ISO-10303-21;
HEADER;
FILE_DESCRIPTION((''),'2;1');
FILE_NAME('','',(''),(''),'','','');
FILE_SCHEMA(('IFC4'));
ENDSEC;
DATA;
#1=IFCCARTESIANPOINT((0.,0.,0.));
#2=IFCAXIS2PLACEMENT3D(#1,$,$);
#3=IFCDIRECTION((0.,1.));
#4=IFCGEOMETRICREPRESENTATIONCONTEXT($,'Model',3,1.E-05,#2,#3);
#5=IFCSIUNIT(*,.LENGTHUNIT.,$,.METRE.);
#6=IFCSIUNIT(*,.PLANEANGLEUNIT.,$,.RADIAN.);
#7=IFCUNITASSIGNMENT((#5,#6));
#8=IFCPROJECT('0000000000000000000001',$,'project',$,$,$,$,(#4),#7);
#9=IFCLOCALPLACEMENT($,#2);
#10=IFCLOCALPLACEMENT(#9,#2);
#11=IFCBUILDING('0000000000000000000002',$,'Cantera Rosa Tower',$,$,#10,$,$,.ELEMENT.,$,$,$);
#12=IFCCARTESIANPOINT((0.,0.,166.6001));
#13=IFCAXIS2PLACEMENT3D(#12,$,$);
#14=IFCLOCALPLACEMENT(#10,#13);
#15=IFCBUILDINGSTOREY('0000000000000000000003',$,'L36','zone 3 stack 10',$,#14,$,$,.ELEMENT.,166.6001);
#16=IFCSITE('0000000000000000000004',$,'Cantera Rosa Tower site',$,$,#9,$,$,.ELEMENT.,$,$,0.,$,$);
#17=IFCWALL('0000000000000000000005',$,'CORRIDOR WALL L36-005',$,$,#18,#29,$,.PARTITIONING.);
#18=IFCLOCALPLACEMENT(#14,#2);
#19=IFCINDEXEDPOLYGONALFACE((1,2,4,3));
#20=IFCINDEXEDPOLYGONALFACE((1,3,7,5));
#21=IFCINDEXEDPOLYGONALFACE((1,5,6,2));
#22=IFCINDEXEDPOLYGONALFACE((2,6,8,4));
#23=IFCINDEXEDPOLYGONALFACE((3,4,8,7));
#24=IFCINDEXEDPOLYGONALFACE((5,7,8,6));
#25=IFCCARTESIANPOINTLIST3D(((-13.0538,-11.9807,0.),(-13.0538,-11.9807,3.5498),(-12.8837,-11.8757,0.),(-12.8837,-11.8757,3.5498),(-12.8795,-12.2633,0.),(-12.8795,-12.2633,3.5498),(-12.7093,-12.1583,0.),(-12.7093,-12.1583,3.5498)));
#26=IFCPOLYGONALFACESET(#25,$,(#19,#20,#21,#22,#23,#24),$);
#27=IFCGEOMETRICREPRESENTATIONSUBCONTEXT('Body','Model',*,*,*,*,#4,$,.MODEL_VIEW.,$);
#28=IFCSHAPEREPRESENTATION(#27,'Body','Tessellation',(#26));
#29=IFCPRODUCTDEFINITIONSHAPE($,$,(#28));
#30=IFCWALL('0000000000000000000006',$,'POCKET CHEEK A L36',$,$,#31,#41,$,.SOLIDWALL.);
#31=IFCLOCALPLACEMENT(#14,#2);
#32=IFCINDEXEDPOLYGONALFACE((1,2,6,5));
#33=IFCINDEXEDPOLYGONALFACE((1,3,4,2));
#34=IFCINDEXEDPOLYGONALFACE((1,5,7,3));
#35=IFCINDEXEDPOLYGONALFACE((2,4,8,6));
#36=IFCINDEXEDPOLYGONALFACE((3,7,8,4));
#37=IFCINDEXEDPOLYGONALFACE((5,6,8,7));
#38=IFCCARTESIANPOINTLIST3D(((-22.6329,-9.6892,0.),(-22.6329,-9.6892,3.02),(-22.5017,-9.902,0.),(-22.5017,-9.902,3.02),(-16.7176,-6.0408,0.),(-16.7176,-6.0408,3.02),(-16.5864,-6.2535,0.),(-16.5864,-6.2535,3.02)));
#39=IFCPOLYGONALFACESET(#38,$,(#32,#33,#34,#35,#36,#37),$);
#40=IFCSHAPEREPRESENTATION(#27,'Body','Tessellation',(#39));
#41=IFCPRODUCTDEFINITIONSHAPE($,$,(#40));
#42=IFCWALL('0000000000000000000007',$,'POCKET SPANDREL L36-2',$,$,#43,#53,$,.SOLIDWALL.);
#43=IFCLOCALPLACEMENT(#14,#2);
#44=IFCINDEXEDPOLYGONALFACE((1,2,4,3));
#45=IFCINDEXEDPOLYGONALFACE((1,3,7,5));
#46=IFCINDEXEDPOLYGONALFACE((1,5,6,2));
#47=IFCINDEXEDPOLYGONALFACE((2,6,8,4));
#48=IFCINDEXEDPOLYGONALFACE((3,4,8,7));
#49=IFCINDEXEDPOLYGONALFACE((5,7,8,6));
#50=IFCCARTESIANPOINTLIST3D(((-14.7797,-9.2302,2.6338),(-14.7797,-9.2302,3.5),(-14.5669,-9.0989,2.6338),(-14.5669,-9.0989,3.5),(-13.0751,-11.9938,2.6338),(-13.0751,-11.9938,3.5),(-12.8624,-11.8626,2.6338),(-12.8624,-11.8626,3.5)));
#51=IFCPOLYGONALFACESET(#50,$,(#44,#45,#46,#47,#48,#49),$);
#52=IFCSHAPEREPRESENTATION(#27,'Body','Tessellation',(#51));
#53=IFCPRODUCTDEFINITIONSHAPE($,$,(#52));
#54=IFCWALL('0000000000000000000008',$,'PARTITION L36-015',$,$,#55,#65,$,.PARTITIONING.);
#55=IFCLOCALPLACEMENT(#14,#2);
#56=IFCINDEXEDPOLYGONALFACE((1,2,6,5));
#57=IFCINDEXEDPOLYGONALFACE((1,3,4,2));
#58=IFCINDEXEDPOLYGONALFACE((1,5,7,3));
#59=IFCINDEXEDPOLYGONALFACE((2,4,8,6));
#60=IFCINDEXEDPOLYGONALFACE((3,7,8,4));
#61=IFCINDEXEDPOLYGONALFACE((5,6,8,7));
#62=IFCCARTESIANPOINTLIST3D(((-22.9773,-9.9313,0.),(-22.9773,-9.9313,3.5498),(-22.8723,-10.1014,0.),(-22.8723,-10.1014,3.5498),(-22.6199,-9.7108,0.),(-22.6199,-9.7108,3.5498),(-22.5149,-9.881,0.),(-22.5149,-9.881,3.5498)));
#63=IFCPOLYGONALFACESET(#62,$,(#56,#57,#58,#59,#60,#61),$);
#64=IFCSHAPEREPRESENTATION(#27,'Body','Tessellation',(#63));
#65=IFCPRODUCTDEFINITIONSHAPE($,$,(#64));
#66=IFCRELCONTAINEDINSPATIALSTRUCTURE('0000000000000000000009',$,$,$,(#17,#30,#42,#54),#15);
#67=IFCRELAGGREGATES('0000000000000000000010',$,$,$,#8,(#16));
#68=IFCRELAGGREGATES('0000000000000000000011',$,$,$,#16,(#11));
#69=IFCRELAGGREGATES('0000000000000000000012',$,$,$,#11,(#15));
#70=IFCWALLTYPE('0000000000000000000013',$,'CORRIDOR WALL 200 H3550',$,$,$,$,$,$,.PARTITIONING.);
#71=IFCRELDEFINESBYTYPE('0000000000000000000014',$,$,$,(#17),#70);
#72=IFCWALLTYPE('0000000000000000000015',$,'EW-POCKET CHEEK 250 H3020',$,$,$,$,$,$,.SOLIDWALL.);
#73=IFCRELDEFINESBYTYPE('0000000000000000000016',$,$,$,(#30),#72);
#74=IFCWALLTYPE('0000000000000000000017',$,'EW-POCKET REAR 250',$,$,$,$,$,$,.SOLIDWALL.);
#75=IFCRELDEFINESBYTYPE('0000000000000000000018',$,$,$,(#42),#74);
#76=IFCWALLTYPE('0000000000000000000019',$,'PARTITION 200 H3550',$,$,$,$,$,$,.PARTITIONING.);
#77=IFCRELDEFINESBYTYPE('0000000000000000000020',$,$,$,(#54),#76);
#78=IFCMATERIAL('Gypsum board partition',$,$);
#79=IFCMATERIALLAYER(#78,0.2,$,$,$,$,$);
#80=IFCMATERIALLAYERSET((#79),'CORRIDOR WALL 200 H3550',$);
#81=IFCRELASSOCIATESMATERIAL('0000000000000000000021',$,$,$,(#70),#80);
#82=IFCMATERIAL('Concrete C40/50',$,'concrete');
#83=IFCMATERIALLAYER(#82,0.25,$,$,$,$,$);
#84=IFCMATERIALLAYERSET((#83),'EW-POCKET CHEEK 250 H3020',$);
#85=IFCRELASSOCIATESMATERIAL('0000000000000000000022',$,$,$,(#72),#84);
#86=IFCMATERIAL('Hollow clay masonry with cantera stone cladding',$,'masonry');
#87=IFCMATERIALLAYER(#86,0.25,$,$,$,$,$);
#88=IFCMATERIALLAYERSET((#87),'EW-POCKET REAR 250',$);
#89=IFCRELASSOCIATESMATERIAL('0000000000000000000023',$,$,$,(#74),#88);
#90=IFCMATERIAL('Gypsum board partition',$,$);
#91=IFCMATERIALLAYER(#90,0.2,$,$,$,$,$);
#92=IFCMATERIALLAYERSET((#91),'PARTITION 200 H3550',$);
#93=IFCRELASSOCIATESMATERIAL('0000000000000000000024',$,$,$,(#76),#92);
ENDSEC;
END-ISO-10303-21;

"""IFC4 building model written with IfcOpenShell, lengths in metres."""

from ifc_helpers import new_model, si_unit, direction, frame, frame_2d, origin, place, context, subcontext, project, spatial, rectangle, extrude, material, layer, layer_set, type_object, element, save


model = new_model("IFC4")

# Units and contexts
model_context = context("Model", 3, precision=1e-05, world=origin(), true_north=direction((0.0, 1.0)))
body_context = subcontext(model_context, "Body", "Model", "MODEL_VIEW")
ifc_project = project(units=[si_unit("LENGTHUNIT", "METRE"), si_unit("PLANEANGLEUNIT", "RADIAN")], contexts=[model_context])

# Site, building, storey
site_placement = place(None, origin())
site = spatial("IfcSite", under=ifc_project, at=site_placement, Name="Cantera Rosa Tower site", CompositionType="ELEMENT", RefElevation=0.0)
building_placement = place(site_placement, origin())
building = spatial("IfcBuilding", under=site, at=building_placement, Name="Cantera Rosa Tower", CompositionType="ELEMENT")
storey_placement = place(building_placement, frame((0.0, 0.0, 166.6001)))
storey = spatial("IfcBuildingStorey", under=building, at=storey_placement, Name="L36", Description="zone 3 stack 10", CompositionType="ELEMENT", Elevation=166.6001)

# Walls
ifc_material_1 = material(Name="Gypsum board partition")
ifc_layer_1 = layer(ifc_material_1, 0.2)
ifc_layer_set_1 = layer_set([ifc_layer_1], Name="CORRIDOR WALL 200 H3550")
wall_type_1 = type_object("IfcWallType", Name="CORRIDOR WALL 200 H3550", PredefinedType="PARTITIONING", material=ifc_layer_set_1)
wall_1_placement = place(storey_placement, frame((-12.9688, -11.9282, 0.0), z_axis=(0.0, 0.0, 1.0), x_axis=(0.525164, -0.851001, 0.0)))
element("IfcWall", 1, at=wall_1_placement, inside=storey, type_object=wall_type_1, Name="CORRIDOR WALL L36-005", PredefinedType="PARTITIONING", context=body_context, shape_type="SweptSolid", body=[
    extrude(rectangle(XDim=0.332, YDim=0.2, at=frame_2d((0.166, 0.0))), origin(), (0.0, 0.0, 1.0), 3.5498),
])
ifc_material_2 = material(Name="Concrete C40/50", Category="concrete")
ifc_layer_2 = layer(ifc_material_2, 0.25)
ifc_layer_set_2 = layer_set([ifc_layer_2], Name="EW-POCKET CHEEK 250 H3020")
wall_type_2 = type_object("IfcWallType", Name="EW-POCKET CHEEK 250 H3020", PredefinedType="SOLIDWALL", material=ifc_layer_set_2)
wall_2_placement = place(storey_placement, frame((-22.5674, -9.7957, 0.0), z_axis=(0.0, 0.0, 1.0), x_axis=(0.851127, 0.52496, 0.0)))
element("IfcWall", 2, at=wall_2_placement, inside=storey, type_object=wall_type_2, Name="POCKET CHEEK A L36", PredefinedType="SOLIDWALL", context=body_context, shape_type="SweptSolid", body=[
    extrude(rectangle(XDim=6.95, YDim=0.25, at=frame_2d((3.4751, 0.0))), origin(), (0.0, 0.0, 1.0), 3.02),
])
ifc_material_3 = material(Name="Hollow clay masonry with cantera stone cladding", Category="masonry")
ifc_layer_3 = layer(ifc_material_3, 0.25)
ifc_layer_set_3 = layer_set([ifc_layer_3], Name="EW-POCKET REAR 250")
wall_type_3 = type_object("IfcWallType", Name="EW-POCKET REAR 250", PredefinedType="SOLIDWALL", material=ifc_layer_set_3)
wall_3_placement = place(storey_placement, frame((-14.6733, -9.1646, 2.6338), z_axis=(0.0, 0.0, 1.0), x_axis=(0.524961, -0.851126, 0.0)))
element("IfcWall", 3, at=wall_3_placement, inside=storey, type_object=wall_type_3, Name="POCKET SPANDREL L36-2", PredefinedType="SOLIDWALL", context=body_context, shape_type="SweptSolid", body=[
    extrude(rectangle(XDim=3.2471, YDim=0.25, at=frame_2d((1.6235, 0.0))), origin(), (0.0, 0.0, 1.0), 0.8662),
])
ifc_material_4 = material(Name="Gypsum board partition")
ifc_layer_4 = layer(ifc_material_4, 0.2)
ifc_layer_set_4 = layer_set([ifc_layer_4], Name="PARTITION 200 H3550")
wall_type_4 = type_object("IfcWallType", Name="PARTITION 200 H3550", PredefinedType="PARTITIONING", material=ifc_layer_set_4)
wall_4_placement = place(storey_placement, frame((-22.5674, -9.7959, 0.0), z_axis=(0.0, 0.0, 1.0), x_axis=(-0.851119, -0.524973, 0.0)))
element("IfcWall", 4, at=wall_4_placement, inside=storey, type_object=wall_type_4, Name="PARTITION L36-015", PredefinedType="PARTITIONING", context=body_context, shape_type="SweptSolid", body=[
    extrude(rectangle(XDim=0.4199, YDim=0.2, at=frame_2d((0.21, 0.0))), origin(), (0.0, 0.0, 1.0), 3.5498),
])

save(model, "model.ifc")
